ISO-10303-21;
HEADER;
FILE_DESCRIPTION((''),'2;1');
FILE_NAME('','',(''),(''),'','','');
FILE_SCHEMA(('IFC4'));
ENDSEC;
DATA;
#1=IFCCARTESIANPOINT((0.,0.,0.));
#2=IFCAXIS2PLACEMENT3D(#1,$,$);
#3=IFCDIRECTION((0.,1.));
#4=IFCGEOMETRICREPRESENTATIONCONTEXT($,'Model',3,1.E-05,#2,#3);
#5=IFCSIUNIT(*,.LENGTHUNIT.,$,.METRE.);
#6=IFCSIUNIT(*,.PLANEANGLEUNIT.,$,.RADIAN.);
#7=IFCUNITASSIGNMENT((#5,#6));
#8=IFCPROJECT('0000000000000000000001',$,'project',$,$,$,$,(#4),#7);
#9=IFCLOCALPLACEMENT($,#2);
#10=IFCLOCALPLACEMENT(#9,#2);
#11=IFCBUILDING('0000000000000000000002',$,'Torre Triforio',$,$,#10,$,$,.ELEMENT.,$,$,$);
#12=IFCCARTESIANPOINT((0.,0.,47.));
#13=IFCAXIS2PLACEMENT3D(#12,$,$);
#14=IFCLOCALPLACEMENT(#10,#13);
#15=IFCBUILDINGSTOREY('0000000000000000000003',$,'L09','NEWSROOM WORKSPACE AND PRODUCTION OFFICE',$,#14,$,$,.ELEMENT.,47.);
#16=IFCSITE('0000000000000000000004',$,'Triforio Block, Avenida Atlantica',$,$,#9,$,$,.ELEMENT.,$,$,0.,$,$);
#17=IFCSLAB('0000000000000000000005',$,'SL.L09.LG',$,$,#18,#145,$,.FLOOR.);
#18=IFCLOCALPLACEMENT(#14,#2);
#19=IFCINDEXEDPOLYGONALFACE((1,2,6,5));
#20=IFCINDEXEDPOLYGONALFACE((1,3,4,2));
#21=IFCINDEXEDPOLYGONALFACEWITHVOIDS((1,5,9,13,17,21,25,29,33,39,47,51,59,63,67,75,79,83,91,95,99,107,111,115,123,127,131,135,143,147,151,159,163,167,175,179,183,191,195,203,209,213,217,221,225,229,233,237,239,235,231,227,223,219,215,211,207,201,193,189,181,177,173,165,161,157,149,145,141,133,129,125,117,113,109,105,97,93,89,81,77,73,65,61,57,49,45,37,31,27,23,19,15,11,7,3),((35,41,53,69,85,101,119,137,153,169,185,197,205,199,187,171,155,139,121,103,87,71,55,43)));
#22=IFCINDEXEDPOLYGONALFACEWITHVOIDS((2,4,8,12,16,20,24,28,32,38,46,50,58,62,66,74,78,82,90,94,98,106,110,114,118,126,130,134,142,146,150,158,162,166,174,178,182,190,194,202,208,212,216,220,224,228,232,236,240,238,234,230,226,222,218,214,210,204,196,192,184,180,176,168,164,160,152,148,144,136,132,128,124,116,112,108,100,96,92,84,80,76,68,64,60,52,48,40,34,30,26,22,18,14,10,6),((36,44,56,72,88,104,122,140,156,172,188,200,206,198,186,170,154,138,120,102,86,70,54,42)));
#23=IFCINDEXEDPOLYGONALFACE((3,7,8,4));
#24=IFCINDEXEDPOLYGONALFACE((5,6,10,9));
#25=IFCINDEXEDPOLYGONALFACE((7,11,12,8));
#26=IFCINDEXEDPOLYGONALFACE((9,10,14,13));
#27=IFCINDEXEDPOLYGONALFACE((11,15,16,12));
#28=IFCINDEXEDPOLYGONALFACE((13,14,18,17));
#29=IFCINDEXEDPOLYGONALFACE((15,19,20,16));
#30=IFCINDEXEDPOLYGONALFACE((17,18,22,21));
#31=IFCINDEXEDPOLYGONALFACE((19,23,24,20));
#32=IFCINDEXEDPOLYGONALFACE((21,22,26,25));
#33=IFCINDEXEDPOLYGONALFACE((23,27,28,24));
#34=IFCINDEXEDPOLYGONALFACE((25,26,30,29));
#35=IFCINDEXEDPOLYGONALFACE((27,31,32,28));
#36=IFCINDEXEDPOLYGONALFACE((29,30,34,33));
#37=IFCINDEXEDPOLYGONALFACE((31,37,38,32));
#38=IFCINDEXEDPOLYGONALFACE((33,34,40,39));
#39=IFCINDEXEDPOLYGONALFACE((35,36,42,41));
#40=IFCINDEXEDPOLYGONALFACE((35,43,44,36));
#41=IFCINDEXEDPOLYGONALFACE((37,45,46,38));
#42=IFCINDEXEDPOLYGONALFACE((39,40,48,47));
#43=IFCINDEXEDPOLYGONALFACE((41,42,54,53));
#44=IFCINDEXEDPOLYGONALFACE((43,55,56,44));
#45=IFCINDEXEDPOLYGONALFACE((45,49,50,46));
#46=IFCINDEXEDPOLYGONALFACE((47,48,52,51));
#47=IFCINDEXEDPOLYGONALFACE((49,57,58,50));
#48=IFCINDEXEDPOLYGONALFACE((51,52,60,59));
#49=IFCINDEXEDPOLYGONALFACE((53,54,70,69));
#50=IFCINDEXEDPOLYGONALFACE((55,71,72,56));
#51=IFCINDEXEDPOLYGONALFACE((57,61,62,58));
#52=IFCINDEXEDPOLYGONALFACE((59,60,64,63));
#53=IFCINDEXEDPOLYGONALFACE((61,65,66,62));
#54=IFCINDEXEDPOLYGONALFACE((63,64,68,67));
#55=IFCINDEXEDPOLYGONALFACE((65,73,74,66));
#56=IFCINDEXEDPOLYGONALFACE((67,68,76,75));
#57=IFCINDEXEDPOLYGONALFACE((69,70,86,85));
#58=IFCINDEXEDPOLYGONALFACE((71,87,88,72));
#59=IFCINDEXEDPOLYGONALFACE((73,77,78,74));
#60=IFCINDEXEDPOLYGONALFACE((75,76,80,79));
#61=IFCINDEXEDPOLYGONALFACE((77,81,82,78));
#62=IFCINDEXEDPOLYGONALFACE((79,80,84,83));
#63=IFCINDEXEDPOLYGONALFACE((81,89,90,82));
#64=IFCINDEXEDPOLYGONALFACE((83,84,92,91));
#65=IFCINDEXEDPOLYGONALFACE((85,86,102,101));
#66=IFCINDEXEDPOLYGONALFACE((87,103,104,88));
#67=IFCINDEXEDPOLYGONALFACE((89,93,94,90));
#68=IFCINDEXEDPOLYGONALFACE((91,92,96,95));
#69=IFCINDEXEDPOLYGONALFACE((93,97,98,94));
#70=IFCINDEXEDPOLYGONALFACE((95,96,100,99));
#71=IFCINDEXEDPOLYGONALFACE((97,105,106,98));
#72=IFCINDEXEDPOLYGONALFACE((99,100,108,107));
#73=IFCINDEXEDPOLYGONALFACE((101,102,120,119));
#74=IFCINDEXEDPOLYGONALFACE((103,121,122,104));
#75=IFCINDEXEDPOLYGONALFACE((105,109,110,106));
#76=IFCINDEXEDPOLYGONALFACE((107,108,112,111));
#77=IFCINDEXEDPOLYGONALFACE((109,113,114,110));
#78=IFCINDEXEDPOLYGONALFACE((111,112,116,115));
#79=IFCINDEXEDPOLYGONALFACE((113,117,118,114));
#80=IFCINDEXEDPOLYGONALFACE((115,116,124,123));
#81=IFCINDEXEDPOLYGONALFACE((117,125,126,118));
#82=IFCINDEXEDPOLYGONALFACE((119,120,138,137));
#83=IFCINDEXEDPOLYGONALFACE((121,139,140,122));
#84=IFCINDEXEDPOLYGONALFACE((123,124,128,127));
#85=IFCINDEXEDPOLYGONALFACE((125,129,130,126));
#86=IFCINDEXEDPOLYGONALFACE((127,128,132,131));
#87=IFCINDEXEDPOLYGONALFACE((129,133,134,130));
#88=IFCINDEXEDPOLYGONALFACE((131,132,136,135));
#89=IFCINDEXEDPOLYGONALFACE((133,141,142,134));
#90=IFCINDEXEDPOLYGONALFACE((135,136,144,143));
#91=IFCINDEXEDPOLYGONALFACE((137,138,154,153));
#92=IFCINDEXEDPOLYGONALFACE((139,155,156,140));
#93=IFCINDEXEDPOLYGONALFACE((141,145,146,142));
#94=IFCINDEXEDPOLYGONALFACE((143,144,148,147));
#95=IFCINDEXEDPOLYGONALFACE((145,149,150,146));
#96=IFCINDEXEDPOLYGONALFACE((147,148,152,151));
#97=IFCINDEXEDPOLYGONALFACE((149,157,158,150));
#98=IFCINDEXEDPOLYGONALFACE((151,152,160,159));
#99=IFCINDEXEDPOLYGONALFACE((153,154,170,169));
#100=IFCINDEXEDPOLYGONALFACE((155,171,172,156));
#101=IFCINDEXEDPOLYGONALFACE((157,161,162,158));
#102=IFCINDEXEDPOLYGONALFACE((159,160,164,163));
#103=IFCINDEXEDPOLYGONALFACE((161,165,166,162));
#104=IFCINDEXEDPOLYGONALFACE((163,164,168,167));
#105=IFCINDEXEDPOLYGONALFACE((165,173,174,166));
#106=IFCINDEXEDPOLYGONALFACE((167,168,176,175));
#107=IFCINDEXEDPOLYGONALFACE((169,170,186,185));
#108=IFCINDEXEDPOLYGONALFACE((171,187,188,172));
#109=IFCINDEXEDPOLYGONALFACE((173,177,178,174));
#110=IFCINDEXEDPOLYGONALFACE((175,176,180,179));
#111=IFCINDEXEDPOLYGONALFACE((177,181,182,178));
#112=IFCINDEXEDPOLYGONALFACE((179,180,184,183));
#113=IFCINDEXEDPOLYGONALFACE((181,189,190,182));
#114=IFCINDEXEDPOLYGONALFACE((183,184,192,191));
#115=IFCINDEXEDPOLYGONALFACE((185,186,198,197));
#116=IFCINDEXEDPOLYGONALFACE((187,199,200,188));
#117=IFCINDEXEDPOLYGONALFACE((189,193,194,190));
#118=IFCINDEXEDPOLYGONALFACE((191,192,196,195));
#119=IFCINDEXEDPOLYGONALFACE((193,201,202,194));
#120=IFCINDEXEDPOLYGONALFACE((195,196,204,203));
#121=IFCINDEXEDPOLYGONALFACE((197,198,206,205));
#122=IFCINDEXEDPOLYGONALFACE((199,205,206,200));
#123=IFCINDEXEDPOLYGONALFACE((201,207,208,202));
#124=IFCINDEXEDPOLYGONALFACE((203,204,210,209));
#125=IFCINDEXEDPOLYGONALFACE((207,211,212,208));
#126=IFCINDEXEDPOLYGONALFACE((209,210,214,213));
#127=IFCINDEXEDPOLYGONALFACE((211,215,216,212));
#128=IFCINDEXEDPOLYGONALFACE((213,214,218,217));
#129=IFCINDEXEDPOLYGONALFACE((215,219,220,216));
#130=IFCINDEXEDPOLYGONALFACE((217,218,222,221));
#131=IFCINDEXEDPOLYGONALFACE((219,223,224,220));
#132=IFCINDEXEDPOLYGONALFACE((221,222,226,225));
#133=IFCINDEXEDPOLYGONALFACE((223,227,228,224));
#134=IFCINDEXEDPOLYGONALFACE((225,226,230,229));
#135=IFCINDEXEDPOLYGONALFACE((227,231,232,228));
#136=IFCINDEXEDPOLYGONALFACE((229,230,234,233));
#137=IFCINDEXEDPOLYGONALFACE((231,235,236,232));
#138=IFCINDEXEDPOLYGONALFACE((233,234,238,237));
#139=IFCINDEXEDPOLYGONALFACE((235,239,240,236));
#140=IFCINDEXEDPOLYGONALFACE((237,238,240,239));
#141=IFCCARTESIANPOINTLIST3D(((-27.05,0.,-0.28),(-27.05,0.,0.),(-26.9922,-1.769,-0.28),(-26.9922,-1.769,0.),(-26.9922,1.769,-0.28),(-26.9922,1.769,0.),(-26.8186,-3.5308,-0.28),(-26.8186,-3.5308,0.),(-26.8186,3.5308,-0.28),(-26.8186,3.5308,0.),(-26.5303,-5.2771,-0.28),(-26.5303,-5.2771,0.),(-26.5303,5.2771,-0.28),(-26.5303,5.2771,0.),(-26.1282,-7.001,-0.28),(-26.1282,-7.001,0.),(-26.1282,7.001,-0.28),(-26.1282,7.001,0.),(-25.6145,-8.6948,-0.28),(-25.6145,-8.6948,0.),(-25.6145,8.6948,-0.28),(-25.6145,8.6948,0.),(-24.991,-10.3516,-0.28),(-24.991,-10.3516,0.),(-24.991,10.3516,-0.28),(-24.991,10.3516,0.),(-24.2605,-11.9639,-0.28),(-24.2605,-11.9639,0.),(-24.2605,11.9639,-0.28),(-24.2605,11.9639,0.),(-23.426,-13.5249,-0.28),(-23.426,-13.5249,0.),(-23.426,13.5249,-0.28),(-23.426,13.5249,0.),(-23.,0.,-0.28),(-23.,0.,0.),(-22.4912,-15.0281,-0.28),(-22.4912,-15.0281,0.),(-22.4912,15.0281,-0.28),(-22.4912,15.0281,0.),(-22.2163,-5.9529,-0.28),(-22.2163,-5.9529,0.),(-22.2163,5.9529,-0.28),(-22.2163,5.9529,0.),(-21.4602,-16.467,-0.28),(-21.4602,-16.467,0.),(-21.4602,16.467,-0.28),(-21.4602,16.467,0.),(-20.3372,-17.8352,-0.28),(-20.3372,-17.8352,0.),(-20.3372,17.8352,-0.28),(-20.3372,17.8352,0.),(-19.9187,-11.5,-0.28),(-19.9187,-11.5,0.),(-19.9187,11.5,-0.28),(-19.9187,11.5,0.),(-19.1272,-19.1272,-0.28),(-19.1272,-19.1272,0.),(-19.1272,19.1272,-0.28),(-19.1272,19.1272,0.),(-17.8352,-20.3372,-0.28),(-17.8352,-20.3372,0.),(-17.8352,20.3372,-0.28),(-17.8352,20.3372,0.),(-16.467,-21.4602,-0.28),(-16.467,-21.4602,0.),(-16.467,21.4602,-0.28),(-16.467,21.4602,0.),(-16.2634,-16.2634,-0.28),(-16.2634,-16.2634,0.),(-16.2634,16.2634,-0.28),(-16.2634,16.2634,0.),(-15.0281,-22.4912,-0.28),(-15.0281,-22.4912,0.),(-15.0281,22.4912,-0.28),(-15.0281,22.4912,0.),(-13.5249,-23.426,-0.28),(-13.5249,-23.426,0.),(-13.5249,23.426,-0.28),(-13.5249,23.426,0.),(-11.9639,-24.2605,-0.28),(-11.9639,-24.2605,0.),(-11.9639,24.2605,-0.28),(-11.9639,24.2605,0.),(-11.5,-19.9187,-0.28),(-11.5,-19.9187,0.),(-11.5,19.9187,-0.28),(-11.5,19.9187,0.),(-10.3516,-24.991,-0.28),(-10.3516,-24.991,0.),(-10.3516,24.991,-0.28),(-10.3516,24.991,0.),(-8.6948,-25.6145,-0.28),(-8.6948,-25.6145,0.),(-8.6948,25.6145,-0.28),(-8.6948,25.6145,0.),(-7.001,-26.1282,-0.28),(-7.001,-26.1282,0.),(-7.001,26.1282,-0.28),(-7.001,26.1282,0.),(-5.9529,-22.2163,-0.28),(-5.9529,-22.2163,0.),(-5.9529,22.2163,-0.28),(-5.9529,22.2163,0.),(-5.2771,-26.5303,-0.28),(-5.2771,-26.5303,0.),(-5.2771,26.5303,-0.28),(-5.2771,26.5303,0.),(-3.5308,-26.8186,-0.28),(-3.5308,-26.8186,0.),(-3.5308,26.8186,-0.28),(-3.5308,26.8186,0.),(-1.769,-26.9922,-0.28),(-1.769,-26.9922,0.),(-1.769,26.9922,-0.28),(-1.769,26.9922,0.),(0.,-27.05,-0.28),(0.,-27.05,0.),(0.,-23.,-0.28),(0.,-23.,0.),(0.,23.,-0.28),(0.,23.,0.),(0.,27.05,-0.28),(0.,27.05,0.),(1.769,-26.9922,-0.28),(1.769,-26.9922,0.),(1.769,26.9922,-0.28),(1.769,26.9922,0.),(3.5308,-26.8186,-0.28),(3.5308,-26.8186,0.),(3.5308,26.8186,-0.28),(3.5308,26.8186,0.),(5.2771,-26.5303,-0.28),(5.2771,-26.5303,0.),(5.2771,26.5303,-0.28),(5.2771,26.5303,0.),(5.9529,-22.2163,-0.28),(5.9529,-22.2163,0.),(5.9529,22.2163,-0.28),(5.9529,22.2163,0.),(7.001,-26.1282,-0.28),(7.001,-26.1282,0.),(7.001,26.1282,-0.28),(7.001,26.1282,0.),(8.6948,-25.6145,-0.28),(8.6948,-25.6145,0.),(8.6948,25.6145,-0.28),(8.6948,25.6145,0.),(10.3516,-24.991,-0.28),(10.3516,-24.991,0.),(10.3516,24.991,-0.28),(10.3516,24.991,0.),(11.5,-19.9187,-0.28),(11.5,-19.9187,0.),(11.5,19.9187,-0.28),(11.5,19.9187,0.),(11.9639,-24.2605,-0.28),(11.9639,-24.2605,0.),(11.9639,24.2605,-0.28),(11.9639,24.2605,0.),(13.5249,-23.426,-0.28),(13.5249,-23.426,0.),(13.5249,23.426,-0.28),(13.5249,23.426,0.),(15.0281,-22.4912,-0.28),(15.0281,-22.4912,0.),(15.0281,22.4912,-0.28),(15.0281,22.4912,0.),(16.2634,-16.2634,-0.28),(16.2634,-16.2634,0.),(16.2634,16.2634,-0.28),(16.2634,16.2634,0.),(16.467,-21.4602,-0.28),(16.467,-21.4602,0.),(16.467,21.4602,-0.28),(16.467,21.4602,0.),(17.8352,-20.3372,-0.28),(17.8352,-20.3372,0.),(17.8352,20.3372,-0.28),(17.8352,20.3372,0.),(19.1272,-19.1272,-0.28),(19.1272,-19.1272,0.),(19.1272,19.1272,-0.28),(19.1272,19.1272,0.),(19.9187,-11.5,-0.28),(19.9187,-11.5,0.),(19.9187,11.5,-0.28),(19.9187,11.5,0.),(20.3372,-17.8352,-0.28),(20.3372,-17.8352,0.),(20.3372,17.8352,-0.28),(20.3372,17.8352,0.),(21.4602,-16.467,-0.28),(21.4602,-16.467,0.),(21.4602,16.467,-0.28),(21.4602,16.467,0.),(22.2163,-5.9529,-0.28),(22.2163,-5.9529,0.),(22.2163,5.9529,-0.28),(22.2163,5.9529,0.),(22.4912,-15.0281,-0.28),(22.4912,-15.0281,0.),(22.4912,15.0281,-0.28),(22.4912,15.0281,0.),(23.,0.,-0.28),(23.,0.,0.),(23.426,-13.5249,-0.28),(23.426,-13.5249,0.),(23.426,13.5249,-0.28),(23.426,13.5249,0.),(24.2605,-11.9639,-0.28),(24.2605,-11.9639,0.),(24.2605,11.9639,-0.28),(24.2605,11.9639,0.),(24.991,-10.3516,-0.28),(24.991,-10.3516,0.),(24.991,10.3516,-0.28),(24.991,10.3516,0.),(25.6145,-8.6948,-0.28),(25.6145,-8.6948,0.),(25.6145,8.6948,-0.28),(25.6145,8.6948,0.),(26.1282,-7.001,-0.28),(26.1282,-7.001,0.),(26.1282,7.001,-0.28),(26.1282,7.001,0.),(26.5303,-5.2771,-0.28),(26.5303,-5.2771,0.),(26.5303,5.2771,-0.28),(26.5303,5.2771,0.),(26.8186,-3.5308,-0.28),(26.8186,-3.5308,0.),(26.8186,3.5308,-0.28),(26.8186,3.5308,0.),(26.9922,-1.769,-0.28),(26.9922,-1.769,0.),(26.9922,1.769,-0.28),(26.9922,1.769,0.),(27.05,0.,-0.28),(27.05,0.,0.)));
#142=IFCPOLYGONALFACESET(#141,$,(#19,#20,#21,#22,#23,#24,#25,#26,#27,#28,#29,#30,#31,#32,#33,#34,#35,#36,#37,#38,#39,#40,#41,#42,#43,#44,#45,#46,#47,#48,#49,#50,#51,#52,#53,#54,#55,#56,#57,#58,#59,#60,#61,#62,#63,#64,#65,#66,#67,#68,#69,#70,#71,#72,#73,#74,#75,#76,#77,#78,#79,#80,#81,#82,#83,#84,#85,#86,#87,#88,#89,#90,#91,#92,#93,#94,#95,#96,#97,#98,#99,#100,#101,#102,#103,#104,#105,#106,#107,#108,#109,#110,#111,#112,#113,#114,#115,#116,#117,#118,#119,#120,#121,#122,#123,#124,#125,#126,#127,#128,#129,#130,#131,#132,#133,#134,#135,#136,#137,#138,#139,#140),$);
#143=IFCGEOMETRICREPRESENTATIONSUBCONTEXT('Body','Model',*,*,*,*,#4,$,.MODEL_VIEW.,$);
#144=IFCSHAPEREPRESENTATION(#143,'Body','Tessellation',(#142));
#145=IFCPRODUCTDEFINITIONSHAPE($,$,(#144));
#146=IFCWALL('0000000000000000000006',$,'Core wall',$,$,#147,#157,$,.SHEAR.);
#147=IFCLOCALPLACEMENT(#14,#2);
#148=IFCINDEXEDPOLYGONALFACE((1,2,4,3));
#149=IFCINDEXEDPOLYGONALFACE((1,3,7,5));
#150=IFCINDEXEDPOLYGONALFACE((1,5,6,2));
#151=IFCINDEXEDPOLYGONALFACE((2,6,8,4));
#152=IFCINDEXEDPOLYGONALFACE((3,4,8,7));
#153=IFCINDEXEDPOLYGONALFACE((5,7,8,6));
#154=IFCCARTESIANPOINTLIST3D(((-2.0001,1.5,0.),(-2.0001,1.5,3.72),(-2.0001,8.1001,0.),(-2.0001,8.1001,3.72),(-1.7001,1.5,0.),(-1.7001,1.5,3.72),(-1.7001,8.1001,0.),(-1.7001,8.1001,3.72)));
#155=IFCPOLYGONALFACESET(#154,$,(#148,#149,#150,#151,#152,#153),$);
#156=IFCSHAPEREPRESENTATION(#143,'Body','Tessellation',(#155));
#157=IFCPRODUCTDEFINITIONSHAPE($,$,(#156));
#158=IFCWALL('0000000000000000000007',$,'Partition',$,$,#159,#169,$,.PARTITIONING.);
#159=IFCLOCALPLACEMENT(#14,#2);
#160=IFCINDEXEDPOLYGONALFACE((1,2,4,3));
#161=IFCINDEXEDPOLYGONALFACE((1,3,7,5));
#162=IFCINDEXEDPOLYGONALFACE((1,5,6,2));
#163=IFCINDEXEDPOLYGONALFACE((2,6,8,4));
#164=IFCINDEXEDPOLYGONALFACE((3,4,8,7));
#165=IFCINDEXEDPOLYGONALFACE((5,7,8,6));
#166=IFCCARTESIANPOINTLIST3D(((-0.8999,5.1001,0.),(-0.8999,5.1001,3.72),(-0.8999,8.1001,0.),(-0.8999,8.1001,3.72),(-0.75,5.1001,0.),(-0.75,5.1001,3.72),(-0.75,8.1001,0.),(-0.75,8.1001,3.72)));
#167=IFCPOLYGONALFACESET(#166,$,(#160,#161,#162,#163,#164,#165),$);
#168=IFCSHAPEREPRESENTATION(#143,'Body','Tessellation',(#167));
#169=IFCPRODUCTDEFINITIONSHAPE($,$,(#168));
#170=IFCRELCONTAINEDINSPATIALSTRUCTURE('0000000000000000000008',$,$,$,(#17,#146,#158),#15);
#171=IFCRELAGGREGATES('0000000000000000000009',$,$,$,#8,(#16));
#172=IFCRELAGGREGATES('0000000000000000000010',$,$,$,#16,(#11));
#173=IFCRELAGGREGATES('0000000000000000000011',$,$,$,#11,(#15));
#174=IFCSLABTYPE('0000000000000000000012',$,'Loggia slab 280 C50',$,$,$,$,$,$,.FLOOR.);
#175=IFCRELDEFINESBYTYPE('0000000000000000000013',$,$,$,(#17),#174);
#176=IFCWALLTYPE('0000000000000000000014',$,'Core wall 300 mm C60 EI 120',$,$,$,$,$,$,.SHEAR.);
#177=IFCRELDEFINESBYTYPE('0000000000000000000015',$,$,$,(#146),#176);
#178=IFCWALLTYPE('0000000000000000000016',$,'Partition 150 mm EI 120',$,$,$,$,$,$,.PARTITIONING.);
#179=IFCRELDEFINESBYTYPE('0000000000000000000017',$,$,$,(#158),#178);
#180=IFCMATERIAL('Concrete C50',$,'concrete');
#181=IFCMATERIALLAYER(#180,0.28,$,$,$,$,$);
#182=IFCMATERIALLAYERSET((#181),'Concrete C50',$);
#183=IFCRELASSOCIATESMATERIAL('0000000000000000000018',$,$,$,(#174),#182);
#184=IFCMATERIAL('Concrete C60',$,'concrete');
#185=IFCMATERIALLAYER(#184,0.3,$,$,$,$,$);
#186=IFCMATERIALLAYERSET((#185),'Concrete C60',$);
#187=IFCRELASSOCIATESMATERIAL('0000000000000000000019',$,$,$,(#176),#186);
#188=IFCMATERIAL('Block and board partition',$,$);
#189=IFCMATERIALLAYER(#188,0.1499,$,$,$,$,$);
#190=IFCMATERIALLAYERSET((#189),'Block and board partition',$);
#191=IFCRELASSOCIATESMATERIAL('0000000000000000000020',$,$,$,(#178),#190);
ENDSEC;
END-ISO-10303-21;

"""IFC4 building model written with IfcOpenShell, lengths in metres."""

from ifc_helpers import new_model, si_unit, direction, frame, frame_2d, origin, place, context, subcontext, project, spatial, polyline, rectangle, outline, extrude, material, layer, layer_set, type_object, element, save


model = new_model("IFC4")

# Units and contexts
model_context = context("Model", 3, precision=1e-05, world=origin(), true_north=direction((0.0, 1.0)))
body_context = subcontext(model_context, "Body", "Model", "MODEL_VIEW")
ifc_project = project(units=[si_unit("LENGTHUNIT", "METRE"), si_unit("PLANEANGLEUNIT", "RADIAN")], contexts=[model_context])

# Site, building, storey
site_placement = place(None, origin())
site = spatial("IfcSite", under=ifc_project, at=site_placement, Name="Triforio Block, Avenida Atlantica", CompositionType="ELEMENT", RefElevation=0.0)
building_placement = place(site_placement, origin())
building = spatial("IfcBuilding", under=site, at=building_placement, Name="Torre Triforio", CompositionType="ELEMENT")
storey_placement = place(building_placement, frame((0.0, 0.0, 47.0)))
storey = spatial("IfcBuildingStorey", under=building, at=storey_placement, Name="L09", Description="NEWSROOM WORKSPACE AND PRODUCTION OFFICE", CompositionType="ELEMENT", Elevation=47.0)

# Shared definitions
ifc_material_1 = material(Name="Concrete C50", Category="concrete")

# Slab
ifc_layer_1 = layer(ifc_material_1, 0.28)
ifc_layer_set_1 = layer_set([ifc_layer_1], Name="Concrete C50")
slab_type_1 = type_object("IfcSlabType", Name="Loggia slab 280 C50", PredefinedType="FLOOR", material=ifc_layer_set_1)
slab_1_placement = place(storey_placement, frame((0.0, 0.0, -0.28)))
element("IfcSlab", 1, at=slab_1_placement, inside=storey, type_object=slab_type_1, Name="SL.L09.LG", PredefinedType="FLOOR", context=body_context, shape_type="SweptSolid", body=[
    extrude(outline(polyline([(26.9922, -1.769), (27.05, 0.0), (26.9922, 1.769), (26.8186, 3.5308), (26.5303, 5.2771), (26.1282, 7.001), (25.6145, 8.6948), (24.991, 10.3516), (24.2605, 11.9639), (23.426, 13.5249), (22.4912, 15.0281), (21.4602, 16.467), (20.3372, 17.8352), (19.1272, 19.1272), (17.8352, 20.3372), (16.467, 21.4602), (15.0281, 22.4912), (13.5249, 23.426), (11.9639, 24.2605), (10.3516, 24.991), (8.6948, 25.6145), (7.001, 26.1282), (5.2771, 26.5303), (3.5308, 26.8186), (1.769, 26.9922), (0.0, 27.05), (-1.769, 26.9922), (-3.5308, 26.8186), (-5.2771, 26.5303), (-7.001, 26.1282), (-8.6948, 25.6145), (-10.3516, 24.991), (-11.9639, 24.2605), (-13.5249, 23.426), (-15.0281, 22.4912), (-16.467, 21.4602), (-17.8352, 20.3372), (-19.1272, 19.1272), (-20.3372, 17.8352), (-21.4602, 16.467), (-22.4912, 15.0281), (-23.426, 13.5249), (-24.2605, 11.9639), (-24.991, 10.3516), (-25.6145, 8.6948), (-26.1282, 7.001), (-26.5303, 5.2771), (-26.8186, 3.5308), (-26.9922, 1.769), (-27.05, 0.0), (-26.9922, -1.769), (-26.8186, -3.5308), (-26.5303, -5.2771), (-26.1282, -7.001), (-25.6145, -8.6948), (-24.991, -10.3516), (-24.2605, -11.9639), (-23.426, -13.5249), (-22.4912, -15.0281), (-21.4602, -16.467), (-20.3372, -17.8352), (-19.1272, -19.1272), (-17.8352, -20.3372), (-16.467, -21.4602), (-15.0281, -22.4912), (-13.5249, -23.426), (-11.9639, -24.2605), (-10.3516, -24.991), (-8.6948, -25.6145), (-7.001, -26.1282), (-5.2771, -26.5303), (-3.5308, -26.8186), (-1.769, -26.9922), (0.0, -27.05), (1.769, -26.9922), (3.5308, -26.8186), (5.2771, -26.5303), (7.001, -26.1282), (8.6948, -25.6145), (10.3516, -24.991), (11.9639, -24.2605), (13.5249, -23.426), (15.0281, -22.4912), (16.467, -21.4602), (17.8352, -20.3372), (19.1272, -19.1272), (20.3372, -17.8352), (21.4602, -16.467), (22.4912, -15.0281), (23.426, -13.5249), (24.2605, -11.9639), (24.991, -10.3516), (25.6145, -8.6948), (26.1282, -7.001), (26.5303, -5.2771), (26.8186, -3.5308), (26.9922, -1.769)]), holes=[polyline([(22.2163, 5.9529), (23.0, 0.0), (22.2163, -5.9529), (19.9187, -11.5), (16.2634, -16.2634), (11.5, -19.9187), (5.9529, -22.2163), (0.0, -23.0), (-5.9529, -22.2163), (-11.5, -19.9187), (-16.2634, -16.2634), (-19.9187, -11.5), (-22.2163, -5.9529), (-23.0, 0.0), (-22.2163, 5.9529), (-19.9187, 11.5), (-16.2634, 16.2634), (-11.5, 19.9187), (-5.9529, 22.2163), (0.0, 23.0), (5.9529, 22.2163), (11.5, 19.9187), (16.2634, 16.2634), (19.9187, 11.5), (22.2163, 5.9529)])]), origin(), (0.0, 0.0, 1.0), 0.28),
])

# Walls
ifc_material_2 = material(Name="Concrete C60", Category="concrete")
ifc_layer_2 = layer(ifc_material_2, 0.3)
ifc_layer_set_2 = layer_set([ifc_layer_2], Name="Concrete C60")
wall_type_1 = type_object("IfcWallType", Name="Core wall 300 mm C60 EI 120", PredefinedType="SHEAR", material=ifc_layer_set_2)
wall_1_placement = place(storey_placement, frame((-1.8501, 1.5, 0.0), z_axis=(0.0, 0.0, 1.0), x_axis=(0.0, 1.0, 0.0)))
element("IfcWall", 2, at=wall_1_placement, inside=storey, type_object=wall_type_1, Name="Core wall", PredefinedType="SHEAR", context=body_context, shape_type="SweptSolid", body=[
    extrude(rectangle(XDim=6.6001, YDim=0.3, at=frame_2d((3.3, 0.0))), origin(), (0.0, 0.0, 1.0), 3.72),
])
ifc_material_3 = material(Name="Block and board partition")
ifc_layer_3 = layer(ifc_material_3, 0.1499)
ifc_layer_set_3 = layer_set([ifc_layer_3], Name="Block and board partition")
wall_type_2 = type_object("IfcWallType", Name="Partition 150 mm EI 120", PredefinedType="PARTITIONING", material=ifc_layer_set_3)
wall_2_placement = place(storey_placement, frame((-0.825, 5.1001, 0.0), z_axis=(0.0, 0.0, 1.0), x_axis=(0.0, 1.0, 0.0)))
element("IfcWall", 3, at=wall_2_placement, inside=storey, type_object=wall_type_2, Name="Partition", PredefinedType="PARTITIONING", context=body_context, shape_type="SweptSolid", body=[
    extrude(rectangle(XDim=3.0, YDim=0.1499, at=frame_2d((1.5, 0.0))), origin(), (0.0, 0.0, 1.0), 3.72),
])

save(model, "model.ifc")
